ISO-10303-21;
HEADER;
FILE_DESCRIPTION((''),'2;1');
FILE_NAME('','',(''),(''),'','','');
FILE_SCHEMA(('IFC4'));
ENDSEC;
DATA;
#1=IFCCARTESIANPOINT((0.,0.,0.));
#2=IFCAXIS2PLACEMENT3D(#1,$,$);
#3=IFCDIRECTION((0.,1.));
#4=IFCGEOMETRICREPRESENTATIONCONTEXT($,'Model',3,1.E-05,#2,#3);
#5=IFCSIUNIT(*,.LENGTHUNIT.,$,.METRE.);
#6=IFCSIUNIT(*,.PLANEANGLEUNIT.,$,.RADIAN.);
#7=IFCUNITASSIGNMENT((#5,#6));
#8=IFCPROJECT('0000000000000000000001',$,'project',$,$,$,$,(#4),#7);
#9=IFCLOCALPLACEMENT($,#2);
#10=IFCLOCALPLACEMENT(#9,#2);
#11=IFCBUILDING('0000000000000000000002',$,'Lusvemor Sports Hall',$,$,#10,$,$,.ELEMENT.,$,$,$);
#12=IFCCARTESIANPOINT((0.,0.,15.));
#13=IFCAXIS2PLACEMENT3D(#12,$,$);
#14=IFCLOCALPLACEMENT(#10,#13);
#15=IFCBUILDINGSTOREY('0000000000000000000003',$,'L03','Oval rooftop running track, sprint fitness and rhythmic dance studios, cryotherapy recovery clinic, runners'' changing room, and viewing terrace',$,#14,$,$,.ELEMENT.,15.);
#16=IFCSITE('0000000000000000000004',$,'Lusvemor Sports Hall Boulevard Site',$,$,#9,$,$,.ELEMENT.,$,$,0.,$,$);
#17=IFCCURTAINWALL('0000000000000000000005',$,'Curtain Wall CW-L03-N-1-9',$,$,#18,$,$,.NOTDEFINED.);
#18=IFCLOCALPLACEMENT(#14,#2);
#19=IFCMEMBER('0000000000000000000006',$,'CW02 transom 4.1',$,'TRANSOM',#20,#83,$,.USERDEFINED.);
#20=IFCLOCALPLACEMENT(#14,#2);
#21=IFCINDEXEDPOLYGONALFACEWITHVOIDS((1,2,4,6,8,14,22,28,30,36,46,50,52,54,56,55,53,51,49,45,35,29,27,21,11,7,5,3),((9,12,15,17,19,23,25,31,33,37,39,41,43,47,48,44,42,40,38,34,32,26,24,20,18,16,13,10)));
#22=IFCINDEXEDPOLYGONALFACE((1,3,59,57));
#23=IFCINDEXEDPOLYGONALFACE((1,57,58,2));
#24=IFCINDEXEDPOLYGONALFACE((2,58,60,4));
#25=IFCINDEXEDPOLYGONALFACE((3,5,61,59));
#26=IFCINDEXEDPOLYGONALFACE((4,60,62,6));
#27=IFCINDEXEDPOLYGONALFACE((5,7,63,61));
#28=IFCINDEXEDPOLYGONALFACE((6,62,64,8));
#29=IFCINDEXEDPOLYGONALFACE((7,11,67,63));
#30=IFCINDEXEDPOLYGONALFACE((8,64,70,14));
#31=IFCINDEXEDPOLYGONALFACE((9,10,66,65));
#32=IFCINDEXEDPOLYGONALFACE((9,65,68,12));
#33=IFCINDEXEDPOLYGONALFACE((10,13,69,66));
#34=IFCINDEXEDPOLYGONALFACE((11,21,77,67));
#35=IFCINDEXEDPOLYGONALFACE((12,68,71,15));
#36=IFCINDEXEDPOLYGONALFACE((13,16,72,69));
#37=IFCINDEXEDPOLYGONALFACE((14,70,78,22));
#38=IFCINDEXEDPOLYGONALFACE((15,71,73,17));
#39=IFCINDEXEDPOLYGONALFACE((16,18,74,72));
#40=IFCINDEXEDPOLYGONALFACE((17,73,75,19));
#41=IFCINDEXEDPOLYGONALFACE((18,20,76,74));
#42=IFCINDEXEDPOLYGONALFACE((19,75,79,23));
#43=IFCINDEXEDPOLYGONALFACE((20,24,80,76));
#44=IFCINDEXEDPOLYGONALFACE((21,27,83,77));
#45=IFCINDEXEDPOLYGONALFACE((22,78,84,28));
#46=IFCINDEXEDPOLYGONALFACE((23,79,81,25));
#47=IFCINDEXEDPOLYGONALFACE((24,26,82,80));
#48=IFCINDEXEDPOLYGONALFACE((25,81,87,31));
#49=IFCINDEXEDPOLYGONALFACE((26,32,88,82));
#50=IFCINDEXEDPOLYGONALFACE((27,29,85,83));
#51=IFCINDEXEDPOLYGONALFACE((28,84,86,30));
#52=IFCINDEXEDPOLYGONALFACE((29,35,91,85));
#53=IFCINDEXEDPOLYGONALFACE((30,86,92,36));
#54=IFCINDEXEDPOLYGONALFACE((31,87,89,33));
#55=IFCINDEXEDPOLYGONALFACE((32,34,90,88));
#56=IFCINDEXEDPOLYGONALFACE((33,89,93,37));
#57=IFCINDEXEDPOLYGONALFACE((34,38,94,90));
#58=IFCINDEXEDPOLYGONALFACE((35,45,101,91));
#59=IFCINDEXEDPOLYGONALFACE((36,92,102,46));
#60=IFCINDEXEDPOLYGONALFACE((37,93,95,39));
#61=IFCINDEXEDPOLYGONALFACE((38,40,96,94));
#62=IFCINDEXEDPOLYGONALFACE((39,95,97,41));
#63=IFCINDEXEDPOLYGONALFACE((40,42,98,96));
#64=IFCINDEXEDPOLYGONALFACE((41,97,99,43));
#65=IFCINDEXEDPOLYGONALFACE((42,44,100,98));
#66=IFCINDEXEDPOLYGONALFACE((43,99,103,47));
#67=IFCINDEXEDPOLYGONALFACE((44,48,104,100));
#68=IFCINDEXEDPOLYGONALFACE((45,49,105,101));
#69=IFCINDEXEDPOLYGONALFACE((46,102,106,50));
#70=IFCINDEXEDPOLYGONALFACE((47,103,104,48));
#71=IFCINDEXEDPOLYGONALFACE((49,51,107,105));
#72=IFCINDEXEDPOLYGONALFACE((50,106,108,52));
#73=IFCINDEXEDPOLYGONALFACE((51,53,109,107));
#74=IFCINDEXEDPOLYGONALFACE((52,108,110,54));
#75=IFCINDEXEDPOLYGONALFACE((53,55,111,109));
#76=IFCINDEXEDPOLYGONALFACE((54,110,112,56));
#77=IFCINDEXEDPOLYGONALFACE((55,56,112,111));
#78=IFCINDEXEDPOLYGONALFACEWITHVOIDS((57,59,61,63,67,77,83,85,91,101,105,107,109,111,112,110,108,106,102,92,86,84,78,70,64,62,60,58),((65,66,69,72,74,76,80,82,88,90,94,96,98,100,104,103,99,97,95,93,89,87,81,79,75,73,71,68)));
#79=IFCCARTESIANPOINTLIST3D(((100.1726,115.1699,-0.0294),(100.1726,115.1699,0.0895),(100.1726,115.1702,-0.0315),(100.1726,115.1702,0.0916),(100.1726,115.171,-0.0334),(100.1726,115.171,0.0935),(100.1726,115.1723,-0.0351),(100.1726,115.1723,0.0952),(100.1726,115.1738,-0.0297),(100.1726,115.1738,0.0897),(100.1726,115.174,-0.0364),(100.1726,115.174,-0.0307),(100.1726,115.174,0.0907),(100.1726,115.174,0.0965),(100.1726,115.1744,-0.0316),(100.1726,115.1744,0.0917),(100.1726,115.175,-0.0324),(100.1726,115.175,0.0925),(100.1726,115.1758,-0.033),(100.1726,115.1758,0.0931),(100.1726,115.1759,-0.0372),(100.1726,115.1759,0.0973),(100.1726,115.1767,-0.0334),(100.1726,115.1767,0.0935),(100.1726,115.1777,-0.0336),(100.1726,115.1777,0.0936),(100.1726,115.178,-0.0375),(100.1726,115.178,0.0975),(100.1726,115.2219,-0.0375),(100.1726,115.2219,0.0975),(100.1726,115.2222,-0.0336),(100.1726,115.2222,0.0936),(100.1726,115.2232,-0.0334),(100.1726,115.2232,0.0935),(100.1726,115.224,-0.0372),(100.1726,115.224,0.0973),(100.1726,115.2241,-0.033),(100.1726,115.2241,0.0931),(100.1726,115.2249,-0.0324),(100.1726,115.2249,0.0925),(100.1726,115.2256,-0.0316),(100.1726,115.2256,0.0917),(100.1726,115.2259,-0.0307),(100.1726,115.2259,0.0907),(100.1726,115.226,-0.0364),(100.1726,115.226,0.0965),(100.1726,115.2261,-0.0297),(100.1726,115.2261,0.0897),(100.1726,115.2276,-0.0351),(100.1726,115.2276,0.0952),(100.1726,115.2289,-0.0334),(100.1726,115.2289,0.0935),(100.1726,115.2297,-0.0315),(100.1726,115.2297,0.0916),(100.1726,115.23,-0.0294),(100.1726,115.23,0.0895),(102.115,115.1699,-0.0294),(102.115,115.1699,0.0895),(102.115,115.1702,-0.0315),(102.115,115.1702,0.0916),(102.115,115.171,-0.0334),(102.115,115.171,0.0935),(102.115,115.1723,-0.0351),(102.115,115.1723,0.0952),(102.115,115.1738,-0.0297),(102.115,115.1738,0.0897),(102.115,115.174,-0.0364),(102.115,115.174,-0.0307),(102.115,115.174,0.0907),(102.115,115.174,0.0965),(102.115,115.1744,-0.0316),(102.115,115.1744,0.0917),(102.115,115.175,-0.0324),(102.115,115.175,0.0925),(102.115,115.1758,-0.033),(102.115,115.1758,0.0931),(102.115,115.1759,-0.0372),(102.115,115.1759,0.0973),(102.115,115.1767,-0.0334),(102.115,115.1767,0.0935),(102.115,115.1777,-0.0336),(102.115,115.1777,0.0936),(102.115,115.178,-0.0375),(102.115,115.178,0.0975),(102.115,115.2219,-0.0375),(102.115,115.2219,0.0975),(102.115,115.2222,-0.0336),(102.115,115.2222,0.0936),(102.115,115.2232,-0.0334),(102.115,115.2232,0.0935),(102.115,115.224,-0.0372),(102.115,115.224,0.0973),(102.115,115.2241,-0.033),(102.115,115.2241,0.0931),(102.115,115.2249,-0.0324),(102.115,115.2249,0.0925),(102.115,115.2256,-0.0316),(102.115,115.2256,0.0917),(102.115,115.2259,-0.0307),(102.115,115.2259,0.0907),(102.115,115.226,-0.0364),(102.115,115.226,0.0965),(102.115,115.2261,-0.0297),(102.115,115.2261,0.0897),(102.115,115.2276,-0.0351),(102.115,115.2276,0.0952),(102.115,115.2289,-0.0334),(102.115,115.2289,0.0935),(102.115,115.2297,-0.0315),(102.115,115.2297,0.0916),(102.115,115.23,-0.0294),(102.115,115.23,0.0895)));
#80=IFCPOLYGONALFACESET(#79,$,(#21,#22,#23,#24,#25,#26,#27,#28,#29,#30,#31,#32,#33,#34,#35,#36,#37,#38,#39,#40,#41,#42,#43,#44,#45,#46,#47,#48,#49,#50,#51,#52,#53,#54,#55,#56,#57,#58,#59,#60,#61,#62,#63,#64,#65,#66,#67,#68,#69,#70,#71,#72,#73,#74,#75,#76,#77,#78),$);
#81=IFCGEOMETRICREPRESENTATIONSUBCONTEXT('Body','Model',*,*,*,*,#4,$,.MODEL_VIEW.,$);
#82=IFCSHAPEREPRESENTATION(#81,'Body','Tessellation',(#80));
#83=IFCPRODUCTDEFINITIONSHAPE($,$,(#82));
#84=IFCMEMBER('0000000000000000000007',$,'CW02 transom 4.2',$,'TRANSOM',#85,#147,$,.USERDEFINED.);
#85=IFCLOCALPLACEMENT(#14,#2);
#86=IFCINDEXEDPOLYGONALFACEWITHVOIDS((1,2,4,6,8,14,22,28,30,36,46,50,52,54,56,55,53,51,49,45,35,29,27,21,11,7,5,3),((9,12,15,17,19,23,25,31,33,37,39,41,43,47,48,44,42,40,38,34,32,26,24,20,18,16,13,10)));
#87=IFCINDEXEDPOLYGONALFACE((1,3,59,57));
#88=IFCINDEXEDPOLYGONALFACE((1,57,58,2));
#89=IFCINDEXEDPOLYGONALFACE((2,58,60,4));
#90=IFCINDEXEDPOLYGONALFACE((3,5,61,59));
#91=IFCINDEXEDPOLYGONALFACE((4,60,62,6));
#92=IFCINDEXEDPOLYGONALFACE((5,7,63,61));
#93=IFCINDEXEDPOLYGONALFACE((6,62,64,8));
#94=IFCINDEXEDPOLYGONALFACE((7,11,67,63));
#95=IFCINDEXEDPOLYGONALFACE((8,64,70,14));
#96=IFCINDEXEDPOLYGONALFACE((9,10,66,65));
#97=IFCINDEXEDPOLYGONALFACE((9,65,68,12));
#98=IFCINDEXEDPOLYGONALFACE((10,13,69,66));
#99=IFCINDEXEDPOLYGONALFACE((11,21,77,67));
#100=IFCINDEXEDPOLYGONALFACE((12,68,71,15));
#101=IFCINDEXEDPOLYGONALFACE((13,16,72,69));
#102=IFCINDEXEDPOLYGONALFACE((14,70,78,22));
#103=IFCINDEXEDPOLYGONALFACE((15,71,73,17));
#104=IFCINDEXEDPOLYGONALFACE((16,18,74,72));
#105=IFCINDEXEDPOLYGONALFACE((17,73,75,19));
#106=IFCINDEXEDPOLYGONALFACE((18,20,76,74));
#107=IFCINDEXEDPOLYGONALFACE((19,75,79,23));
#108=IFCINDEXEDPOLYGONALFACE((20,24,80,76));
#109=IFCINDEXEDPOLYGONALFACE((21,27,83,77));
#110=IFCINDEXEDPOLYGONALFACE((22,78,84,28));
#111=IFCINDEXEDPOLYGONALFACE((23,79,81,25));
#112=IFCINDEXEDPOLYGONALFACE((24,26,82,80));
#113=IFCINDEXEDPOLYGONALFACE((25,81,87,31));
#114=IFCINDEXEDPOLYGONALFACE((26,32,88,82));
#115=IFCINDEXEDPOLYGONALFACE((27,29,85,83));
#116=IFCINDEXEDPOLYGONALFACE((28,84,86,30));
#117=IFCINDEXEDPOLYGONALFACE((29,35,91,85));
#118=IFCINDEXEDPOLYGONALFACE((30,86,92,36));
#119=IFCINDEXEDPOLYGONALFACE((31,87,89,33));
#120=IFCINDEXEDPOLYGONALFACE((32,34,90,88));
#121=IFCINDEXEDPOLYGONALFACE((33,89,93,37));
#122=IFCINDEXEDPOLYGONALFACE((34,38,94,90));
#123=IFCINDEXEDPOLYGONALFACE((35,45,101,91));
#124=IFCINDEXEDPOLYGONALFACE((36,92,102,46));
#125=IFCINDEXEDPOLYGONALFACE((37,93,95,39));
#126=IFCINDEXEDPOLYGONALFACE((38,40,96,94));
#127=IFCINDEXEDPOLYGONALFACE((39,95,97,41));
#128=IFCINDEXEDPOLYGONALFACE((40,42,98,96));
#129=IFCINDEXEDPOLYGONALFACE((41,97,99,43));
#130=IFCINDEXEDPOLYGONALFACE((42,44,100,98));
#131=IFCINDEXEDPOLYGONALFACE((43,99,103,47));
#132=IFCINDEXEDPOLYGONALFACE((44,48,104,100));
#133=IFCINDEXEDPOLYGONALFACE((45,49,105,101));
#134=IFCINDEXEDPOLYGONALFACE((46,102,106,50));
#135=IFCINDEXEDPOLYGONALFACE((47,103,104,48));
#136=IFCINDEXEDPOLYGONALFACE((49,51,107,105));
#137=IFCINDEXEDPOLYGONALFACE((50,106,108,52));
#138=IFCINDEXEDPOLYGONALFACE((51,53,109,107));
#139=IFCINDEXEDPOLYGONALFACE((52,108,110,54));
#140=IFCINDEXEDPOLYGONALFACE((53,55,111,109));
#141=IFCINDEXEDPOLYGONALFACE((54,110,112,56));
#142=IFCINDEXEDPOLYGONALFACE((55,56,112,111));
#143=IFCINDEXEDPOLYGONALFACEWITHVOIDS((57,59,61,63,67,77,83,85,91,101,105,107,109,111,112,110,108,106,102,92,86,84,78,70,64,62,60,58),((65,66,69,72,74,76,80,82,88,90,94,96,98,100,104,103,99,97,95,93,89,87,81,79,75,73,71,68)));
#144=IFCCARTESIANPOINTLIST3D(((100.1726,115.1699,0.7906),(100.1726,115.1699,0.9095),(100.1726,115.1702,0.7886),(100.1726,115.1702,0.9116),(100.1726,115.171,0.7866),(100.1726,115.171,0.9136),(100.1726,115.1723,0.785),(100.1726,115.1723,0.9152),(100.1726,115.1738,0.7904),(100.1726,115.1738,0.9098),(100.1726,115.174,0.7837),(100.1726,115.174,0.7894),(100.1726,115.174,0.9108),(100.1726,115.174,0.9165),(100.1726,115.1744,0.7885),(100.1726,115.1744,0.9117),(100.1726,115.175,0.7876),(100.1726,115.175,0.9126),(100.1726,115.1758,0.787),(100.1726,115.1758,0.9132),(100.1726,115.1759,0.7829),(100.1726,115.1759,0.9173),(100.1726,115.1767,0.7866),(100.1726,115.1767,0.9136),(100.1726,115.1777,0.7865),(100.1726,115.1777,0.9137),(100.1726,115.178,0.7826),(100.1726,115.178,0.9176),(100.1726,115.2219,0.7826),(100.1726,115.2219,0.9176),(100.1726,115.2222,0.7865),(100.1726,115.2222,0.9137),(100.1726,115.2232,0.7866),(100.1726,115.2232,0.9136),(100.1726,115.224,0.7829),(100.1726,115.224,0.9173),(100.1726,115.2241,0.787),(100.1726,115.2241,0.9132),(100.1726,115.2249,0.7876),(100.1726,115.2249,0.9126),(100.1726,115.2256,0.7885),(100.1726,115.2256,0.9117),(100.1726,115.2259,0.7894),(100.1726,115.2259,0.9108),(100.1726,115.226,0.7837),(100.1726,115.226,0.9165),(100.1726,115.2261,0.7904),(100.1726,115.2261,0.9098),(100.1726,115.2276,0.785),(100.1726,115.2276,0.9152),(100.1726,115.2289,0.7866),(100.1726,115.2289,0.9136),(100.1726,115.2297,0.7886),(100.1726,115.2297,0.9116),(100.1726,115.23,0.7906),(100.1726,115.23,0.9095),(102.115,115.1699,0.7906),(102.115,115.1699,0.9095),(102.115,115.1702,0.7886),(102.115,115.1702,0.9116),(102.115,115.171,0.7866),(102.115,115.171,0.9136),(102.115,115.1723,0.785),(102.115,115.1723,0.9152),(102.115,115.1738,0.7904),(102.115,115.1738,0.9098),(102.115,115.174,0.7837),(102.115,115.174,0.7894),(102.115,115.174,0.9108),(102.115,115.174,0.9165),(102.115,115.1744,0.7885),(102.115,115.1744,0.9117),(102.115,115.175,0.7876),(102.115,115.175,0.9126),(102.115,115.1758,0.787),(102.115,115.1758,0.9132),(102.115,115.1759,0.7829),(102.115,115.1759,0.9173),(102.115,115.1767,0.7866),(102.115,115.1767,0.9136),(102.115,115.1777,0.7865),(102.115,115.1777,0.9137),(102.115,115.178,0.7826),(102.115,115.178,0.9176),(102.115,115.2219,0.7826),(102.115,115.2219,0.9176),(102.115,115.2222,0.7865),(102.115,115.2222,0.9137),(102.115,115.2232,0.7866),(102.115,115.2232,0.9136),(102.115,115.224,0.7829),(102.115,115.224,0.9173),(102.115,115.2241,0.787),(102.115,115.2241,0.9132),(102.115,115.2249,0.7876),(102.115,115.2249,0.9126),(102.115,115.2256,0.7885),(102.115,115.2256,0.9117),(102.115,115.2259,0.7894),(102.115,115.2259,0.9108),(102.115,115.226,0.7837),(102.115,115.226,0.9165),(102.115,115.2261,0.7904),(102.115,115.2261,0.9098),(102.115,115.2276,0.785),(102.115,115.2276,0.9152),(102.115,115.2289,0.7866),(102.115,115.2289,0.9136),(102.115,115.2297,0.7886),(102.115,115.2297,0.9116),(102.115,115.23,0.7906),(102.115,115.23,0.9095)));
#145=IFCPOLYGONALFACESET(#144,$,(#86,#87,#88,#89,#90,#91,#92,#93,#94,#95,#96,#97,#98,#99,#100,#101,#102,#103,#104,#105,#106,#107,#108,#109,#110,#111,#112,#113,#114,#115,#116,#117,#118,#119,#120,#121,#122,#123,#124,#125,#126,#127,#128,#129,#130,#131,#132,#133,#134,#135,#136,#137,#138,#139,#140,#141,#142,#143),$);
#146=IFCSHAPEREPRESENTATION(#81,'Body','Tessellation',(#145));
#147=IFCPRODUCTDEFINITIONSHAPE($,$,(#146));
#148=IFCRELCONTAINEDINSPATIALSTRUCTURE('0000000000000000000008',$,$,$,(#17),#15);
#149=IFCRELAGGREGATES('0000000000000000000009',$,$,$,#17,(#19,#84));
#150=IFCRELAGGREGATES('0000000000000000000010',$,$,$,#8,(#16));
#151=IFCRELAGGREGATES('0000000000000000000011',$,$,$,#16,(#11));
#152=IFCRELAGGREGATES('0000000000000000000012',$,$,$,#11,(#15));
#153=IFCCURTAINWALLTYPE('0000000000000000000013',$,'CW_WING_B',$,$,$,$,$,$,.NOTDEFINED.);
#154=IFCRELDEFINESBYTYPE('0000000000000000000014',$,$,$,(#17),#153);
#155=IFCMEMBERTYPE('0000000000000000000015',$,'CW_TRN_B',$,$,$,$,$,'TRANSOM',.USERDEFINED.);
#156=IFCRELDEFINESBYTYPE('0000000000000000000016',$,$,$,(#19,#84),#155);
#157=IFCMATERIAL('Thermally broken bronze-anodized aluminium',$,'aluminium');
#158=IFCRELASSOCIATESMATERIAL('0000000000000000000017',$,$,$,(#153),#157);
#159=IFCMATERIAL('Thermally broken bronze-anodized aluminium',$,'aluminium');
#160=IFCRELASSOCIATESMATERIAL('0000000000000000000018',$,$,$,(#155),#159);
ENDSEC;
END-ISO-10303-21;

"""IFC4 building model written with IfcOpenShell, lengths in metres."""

from ifc_helpers import new_model, si_unit, direction, frame, origin, origin_2d, place, context, subcontext, project, spatial, hollow_rectangle, extrude, material, material_profile, profile_set, type_object, element, aggregate, save


model = new_model("IFC4")

# Units and contexts
model_context = context("Model", 3, precision=1e-05, world=origin(), true_north=direction((0.0, 1.0)))
body_context = subcontext(model_context, "Body", "Model", "MODEL_VIEW")
ifc_project = project(units=[si_unit("LENGTHUNIT", "METRE"), si_unit("PLANEANGLEUNIT", "RADIAN")], contexts=[model_context])

# Site, building, storey
site_placement = place(None, origin())
site = spatial("IfcSite", under=ifc_project, at=site_placement, Name="Lusvemor Sports Hall Boulevard Site", CompositionType="ELEMENT", RefElevation=0.0)
building_placement = place(site_placement, origin())
building = spatial("IfcBuilding", under=site, at=building_placement, Name="Lusvemor Sports Hall", CompositionType="ELEMENT")
storey_placement = place(building_placement, frame((0.0, 0.0, 15.0)))
storey = spatial("IfcBuildingStorey", under=building, at=storey_placement, Name="L03", Description="Oval rooftop running track, sprint fitness and rhythmic dance studios, cryotherapy recovery clinic, runners' changing room, and viewing terrace", CompositionType="ELEMENT", Elevation=15.0)

# Curtain wall, members
ifc_material_1 = material(Name="Thermally broken bronze-anodized aluminium", Category="aluminium")
curtain_wall_type = type_object("IfcCurtainWallType", Name="CW_WING_B", PredefinedType="NOTDEFINED", material=ifc_material_1)
curtain_wall_placement = place(storey_placement, origin())
curtain_wall = element("IfcCurtainWall", 1, at=curtain_wall_placement, inside=storey, type_object=curtain_wall_type, Name="Curtain Wall CW-L03-N-1-9", PredefinedType="NOTDEFINED")
ifc_material_2 = material(Name="Thermally broken bronze-anodized aluminium", Category="aluminium")
ifc_material_profile_1 = material_profile(ifc_material_2, hollow_rectangle(XDim=0.0601, YDim=0.135, WallThickness=0.0039, InnerFilletRadius=0.0039, OuterFilletRadius=0.0081, at=origin_2d()), Name="CWTRN135x60x4")
ifc_profile_set_1 = profile_set([ifc_material_profile_1], Name="Thermally broken bronze-anodized aluminium")
member_type_1 = type_object("IfcMemberType", Name="CW_TRN_B", ElementType="TRANSOM", PredefinedType="USERDEFINED", material=ifc_profile_set_1)
member_1_placement = place(storey_placement, frame((100.1726, 115.2, 0.03), z_axis=(1.0, 0.0, 0.0), x_axis=(0.0, 1.0, 0.0)))
member_1 = element("IfcMember", 2, at=member_1_placement, type_object=member_type_1, Name="CW02 transom 4.1", ObjectType="TRANSOM", PredefinedType="USERDEFINED", context=body_context, shape_type="SweptSolid", body=[
    extrude(hollow_rectangle(XDim=0.0601, YDim=0.135, WallThickness=0.0039, InnerFilletRadius=0.0039, OuterFilletRadius=0.0081, at=origin_2d()), origin(), (0.0, 0.0, 1.0), 1.9424),
])
member_2_placement = place(storey_placement, frame((100.1726, 115.2, 0.8501), z_axis=(1.0, 0.0, 0.0), x_axis=(0.0, 1.0, 0.0)))
member_2 = element("IfcMember", 3, at=member_2_placement, type_object=member_type_1, Name="CW02 transom 4.2", ObjectType="TRANSOM", PredefinedType="USERDEFINED", context=body_context, shape_type="SweptSolid", body=[
    extrude(hollow_rectangle(XDim=0.0601, YDim=0.135, WallThickness=0.0039, InnerFilletRadius=0.0039, OuterFilletRadius=0.0081, at=origin_2d()), origin(), (0.0, 0.0, 1.0), 1.9424),
])

aggregate(curtain_wall, [member_1, member_2])

save(model, "model.ifc")
